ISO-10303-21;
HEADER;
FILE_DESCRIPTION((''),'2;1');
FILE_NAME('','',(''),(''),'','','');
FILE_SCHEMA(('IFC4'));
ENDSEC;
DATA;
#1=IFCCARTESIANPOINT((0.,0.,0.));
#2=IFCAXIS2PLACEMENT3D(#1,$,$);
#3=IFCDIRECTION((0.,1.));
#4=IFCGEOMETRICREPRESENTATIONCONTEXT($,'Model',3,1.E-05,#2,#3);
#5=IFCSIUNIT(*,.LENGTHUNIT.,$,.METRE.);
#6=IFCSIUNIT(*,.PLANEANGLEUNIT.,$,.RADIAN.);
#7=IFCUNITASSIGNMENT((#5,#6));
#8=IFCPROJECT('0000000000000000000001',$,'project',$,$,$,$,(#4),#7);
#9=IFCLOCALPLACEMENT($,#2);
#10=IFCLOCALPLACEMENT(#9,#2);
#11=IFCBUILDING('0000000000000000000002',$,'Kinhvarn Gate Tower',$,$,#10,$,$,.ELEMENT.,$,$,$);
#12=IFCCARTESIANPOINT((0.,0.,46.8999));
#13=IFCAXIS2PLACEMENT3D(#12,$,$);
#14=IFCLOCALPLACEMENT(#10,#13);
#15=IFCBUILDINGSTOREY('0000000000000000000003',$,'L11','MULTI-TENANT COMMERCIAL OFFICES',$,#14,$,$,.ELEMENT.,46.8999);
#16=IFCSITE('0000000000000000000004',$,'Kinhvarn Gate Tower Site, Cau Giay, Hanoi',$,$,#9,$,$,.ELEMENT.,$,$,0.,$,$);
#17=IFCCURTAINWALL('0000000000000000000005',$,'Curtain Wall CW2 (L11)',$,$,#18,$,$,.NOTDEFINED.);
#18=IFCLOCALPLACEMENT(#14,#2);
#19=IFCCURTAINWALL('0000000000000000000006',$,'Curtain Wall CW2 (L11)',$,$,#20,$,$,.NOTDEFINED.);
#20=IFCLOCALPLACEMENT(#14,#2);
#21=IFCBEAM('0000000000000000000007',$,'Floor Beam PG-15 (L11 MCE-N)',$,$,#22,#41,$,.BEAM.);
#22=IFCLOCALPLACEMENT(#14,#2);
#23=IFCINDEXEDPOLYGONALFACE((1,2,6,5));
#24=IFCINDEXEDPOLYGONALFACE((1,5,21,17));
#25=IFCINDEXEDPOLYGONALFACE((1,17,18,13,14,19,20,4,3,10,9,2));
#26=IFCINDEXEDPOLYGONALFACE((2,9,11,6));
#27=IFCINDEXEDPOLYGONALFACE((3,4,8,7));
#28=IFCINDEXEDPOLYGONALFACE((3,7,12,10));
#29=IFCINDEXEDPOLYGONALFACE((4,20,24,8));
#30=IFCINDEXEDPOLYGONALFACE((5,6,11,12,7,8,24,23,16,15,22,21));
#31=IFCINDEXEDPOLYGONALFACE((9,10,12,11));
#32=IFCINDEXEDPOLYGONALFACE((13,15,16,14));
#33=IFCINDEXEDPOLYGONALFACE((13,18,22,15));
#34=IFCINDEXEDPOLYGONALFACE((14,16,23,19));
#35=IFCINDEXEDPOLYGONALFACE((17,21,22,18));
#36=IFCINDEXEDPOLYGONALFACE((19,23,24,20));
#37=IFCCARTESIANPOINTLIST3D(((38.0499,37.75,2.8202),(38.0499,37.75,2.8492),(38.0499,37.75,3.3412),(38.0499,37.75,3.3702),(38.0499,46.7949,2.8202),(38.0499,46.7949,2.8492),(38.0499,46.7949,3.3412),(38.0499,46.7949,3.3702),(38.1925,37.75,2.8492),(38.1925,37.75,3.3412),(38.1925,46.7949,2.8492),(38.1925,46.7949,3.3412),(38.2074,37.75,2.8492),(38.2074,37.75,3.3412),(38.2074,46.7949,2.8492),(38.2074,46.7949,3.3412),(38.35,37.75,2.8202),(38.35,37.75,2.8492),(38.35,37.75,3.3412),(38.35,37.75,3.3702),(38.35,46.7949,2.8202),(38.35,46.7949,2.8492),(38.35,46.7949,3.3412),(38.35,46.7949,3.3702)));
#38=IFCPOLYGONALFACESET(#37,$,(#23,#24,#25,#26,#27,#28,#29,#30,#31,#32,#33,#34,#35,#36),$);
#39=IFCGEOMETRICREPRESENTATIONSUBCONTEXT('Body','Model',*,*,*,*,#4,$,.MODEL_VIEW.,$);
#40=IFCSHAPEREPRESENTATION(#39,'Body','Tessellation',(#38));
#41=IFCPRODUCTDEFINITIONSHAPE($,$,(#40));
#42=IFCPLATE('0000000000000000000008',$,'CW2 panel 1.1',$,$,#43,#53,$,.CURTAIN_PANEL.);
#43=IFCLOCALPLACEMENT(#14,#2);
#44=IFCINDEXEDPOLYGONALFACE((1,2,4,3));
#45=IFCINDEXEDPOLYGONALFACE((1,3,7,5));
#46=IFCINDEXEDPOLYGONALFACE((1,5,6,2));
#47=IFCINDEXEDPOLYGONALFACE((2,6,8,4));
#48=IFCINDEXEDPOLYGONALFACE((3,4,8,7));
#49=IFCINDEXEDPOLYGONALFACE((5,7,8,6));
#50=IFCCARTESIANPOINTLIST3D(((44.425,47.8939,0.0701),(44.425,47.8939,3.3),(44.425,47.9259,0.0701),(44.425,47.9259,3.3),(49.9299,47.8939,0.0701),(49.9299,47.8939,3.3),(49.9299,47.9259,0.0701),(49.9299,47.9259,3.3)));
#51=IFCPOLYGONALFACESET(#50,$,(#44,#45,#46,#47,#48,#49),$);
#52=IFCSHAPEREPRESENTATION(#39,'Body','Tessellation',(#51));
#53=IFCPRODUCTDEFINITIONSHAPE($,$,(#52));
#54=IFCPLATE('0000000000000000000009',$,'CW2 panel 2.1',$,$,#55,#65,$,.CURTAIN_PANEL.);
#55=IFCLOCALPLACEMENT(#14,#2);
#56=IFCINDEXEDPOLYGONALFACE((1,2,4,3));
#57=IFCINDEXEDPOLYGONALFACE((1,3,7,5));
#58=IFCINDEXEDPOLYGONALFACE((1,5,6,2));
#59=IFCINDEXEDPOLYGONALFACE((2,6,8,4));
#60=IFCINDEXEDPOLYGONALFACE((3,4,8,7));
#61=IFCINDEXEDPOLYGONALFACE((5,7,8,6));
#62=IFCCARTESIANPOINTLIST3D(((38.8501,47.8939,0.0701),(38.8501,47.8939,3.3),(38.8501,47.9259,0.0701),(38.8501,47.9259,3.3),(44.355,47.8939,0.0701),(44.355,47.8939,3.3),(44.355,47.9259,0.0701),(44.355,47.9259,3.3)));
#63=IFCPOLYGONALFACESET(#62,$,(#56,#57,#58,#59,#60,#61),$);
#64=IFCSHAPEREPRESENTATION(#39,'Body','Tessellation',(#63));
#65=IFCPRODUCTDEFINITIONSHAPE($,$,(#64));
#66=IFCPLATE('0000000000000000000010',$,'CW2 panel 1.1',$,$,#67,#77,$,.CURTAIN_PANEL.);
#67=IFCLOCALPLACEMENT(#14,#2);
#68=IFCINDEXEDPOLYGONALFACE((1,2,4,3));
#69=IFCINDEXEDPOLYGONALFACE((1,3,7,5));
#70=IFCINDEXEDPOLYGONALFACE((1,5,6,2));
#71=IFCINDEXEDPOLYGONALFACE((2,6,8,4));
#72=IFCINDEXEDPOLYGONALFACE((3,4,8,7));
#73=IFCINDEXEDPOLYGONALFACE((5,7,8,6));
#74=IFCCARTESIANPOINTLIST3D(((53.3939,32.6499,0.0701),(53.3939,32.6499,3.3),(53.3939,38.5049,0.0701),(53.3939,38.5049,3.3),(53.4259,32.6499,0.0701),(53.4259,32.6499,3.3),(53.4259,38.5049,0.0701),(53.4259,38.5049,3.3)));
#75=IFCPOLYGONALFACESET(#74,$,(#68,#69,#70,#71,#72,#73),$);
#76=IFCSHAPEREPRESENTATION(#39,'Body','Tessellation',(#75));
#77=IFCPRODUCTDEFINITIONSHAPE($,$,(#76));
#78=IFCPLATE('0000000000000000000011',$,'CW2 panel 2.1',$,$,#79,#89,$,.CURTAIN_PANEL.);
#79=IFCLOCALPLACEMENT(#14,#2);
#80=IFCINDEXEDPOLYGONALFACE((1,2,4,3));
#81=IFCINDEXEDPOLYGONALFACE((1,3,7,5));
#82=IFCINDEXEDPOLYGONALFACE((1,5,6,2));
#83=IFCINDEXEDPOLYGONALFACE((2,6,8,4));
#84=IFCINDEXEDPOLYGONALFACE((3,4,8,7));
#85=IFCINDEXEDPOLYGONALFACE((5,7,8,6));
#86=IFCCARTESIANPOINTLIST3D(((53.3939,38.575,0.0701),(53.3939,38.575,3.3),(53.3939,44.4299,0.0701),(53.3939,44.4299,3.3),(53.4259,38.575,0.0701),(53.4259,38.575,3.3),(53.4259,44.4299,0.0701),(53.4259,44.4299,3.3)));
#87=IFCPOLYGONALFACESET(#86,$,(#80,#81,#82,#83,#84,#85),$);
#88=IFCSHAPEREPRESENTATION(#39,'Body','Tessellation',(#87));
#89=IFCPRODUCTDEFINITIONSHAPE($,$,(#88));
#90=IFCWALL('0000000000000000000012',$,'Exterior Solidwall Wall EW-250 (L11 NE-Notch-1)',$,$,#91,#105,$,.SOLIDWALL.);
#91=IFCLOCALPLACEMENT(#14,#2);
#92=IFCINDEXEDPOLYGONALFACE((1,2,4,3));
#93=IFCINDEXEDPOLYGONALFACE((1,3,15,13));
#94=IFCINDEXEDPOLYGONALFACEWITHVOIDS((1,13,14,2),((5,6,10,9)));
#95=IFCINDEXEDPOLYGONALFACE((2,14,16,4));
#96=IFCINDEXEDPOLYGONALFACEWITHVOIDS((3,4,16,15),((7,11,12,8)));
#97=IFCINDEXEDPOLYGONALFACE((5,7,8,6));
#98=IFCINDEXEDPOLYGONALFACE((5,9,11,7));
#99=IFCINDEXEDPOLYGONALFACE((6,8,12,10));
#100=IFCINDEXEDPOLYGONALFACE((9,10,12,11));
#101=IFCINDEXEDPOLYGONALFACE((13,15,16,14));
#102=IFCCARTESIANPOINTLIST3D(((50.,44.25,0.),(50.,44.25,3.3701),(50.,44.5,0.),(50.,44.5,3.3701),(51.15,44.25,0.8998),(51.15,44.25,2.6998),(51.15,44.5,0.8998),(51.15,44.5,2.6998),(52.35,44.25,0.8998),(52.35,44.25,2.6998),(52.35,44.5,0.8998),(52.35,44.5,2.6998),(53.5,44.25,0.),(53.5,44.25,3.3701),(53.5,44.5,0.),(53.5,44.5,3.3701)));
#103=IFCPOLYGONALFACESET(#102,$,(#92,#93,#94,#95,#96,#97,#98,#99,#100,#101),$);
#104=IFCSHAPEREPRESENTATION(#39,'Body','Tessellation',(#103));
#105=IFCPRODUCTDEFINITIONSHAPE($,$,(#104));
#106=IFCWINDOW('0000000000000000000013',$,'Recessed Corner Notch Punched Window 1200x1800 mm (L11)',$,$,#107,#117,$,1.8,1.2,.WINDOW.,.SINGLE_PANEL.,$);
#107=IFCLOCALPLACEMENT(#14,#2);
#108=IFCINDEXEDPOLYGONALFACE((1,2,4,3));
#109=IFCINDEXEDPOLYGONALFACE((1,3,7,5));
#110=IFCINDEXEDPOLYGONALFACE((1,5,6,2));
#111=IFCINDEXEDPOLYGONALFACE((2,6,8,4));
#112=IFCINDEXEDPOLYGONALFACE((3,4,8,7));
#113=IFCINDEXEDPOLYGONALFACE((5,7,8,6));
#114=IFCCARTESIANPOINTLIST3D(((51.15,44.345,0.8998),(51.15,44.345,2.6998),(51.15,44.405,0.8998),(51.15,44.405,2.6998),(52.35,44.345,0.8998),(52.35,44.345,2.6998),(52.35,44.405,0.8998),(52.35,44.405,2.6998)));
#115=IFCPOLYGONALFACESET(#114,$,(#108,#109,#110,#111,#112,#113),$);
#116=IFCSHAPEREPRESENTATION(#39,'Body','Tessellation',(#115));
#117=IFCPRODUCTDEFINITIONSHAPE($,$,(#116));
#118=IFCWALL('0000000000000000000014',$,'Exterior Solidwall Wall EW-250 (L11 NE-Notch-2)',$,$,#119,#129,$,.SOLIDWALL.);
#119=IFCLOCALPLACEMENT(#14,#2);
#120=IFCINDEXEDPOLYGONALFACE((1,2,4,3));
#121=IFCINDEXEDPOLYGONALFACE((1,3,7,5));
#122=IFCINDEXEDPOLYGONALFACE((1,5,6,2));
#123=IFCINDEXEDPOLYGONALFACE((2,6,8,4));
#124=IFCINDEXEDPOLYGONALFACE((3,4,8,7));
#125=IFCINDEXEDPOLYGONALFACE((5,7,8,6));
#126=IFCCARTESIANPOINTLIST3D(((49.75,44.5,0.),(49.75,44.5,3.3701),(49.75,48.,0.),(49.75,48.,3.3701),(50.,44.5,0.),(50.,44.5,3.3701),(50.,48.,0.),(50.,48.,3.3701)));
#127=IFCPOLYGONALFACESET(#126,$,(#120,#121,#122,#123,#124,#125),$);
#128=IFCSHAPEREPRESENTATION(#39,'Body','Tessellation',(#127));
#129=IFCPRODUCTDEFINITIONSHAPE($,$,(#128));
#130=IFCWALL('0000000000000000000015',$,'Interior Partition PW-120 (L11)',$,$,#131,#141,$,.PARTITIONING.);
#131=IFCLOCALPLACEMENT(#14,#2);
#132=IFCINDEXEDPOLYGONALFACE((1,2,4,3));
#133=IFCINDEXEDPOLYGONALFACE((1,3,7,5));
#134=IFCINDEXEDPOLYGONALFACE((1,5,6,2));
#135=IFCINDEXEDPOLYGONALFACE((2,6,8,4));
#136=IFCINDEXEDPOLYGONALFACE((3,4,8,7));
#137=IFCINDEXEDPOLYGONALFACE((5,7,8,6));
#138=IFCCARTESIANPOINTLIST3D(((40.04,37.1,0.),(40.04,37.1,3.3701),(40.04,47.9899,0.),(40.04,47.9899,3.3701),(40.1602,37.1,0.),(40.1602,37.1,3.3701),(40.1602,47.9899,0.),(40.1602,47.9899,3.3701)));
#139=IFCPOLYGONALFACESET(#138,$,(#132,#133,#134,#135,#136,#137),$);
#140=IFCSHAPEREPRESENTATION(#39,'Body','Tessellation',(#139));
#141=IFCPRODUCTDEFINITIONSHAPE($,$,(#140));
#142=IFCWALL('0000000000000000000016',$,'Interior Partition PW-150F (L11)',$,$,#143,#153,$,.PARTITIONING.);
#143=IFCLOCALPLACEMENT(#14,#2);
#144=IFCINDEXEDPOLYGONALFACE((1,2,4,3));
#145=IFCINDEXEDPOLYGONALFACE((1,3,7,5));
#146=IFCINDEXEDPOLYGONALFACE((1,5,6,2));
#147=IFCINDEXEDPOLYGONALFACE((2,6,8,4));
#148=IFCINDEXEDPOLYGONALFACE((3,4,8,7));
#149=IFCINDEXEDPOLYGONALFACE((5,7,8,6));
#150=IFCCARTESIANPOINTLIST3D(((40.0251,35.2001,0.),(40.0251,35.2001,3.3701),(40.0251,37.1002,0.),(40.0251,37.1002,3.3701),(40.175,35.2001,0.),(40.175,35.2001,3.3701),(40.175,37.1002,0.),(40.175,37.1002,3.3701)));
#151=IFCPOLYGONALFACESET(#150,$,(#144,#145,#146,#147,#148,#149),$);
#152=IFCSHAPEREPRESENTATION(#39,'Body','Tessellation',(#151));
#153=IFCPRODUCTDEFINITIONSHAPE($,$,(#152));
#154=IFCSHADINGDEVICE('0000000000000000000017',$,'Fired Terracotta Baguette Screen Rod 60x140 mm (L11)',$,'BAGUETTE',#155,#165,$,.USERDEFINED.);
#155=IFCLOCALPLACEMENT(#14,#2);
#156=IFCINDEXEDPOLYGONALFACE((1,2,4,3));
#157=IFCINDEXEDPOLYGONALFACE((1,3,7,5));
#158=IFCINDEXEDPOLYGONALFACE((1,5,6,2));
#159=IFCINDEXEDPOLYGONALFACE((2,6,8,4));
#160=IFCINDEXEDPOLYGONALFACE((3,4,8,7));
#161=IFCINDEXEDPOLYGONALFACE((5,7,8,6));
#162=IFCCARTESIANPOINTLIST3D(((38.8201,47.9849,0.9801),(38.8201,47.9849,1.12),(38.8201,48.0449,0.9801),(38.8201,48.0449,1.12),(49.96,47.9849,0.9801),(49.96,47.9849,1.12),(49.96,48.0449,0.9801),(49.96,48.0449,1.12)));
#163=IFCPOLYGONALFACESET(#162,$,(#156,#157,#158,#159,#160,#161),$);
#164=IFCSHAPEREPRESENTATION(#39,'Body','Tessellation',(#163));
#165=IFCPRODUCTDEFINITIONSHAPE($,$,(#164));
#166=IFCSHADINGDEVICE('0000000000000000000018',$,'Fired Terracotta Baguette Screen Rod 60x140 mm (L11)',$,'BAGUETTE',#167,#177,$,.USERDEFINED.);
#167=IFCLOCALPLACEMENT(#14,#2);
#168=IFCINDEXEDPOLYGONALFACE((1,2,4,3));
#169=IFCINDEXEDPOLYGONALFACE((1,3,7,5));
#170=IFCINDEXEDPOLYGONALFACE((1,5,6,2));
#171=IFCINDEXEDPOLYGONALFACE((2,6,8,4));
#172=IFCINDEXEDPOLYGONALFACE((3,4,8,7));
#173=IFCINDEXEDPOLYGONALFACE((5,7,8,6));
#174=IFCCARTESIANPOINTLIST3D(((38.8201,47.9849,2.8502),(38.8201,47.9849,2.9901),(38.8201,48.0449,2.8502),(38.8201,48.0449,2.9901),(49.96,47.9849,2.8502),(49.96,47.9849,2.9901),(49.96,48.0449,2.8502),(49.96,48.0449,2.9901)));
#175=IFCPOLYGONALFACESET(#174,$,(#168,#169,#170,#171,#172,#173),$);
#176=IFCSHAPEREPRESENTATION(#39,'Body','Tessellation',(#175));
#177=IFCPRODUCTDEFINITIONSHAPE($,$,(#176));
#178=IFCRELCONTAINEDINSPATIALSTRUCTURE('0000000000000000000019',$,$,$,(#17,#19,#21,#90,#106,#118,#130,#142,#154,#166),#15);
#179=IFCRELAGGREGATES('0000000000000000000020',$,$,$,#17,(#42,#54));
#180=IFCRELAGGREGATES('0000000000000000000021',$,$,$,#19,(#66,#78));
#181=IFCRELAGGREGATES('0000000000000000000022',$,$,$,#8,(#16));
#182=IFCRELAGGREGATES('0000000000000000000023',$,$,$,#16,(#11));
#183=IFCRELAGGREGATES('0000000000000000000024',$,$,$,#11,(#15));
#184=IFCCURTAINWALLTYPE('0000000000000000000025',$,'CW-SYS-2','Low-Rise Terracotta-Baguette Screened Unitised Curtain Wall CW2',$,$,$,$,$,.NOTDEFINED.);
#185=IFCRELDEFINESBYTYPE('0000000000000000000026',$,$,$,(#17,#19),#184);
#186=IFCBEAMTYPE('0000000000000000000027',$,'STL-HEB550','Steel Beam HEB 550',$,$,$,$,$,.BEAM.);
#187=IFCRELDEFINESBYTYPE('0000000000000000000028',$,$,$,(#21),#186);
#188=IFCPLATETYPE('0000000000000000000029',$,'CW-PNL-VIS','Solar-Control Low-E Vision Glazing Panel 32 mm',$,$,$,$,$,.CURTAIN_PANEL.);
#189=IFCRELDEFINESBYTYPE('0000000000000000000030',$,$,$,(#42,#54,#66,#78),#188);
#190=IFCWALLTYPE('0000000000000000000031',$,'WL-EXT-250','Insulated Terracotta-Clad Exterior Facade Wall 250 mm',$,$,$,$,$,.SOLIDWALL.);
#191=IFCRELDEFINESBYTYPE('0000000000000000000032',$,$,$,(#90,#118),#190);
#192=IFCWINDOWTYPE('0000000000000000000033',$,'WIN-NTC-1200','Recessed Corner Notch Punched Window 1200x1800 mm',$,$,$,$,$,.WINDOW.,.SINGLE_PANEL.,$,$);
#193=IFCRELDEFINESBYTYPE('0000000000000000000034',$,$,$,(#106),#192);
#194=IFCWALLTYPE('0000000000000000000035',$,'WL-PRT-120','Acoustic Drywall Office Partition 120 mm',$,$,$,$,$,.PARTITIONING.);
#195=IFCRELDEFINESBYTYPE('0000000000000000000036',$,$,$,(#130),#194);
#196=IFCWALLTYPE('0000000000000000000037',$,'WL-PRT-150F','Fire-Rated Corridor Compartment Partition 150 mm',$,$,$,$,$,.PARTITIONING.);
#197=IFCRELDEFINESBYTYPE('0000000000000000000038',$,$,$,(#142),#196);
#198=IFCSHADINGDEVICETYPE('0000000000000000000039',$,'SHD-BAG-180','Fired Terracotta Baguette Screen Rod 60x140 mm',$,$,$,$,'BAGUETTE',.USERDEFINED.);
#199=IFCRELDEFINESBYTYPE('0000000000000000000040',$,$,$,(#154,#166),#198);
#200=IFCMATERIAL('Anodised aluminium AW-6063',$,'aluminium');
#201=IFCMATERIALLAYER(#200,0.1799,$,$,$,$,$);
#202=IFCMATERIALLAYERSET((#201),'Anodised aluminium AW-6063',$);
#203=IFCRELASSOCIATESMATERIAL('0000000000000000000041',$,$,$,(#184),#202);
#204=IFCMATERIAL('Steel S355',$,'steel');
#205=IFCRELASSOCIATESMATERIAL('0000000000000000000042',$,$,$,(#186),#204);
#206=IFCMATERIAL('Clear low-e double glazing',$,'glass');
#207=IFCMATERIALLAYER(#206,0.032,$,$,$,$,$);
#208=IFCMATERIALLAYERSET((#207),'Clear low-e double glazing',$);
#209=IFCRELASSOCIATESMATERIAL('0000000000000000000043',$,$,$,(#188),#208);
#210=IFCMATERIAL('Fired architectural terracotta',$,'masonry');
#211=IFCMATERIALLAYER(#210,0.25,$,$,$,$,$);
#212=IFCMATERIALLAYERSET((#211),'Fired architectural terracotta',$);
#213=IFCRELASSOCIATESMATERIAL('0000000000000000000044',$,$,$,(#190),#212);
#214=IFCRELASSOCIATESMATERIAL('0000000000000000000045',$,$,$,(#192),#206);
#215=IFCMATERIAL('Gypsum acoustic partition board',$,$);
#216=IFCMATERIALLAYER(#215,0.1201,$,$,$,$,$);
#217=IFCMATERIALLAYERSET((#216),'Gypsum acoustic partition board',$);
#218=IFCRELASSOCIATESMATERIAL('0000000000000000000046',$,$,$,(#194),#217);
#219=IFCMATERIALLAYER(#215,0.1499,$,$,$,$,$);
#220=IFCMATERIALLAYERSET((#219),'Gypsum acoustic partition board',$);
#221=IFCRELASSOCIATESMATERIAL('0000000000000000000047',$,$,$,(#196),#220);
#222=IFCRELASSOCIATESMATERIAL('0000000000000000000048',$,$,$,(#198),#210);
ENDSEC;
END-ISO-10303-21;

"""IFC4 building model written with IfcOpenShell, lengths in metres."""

from ifc_helpers import new_model, si_unit, direction, frame, frame_2d, origin, origin_2d, place, context, subcontext, project, spatial, rectangle, i_section, extrude, material, layer, layer_set, material_profile, profile_set, type_object, element, fill, aggregate, save


model = new_model("IFC4")

# Units and contexts
model_context = context("Model", 3, precision=1e-05, world=origin(), true_north=direction((0.0, 1.0)))
body_context = subcontext(model_context, "Body", "Model", "MODEL_VIEW")
ifc_project = project(units=[si_unit("LENGTHUNIT", "METRE"), si_unit("PLANEANGLEUNIT", "RADIAN")], contexts=[model_context])

# Site, building, storey
site_placement = place(None, origin())
site = spatial("IfcSite", under=ifc_project, at=site_placement, Name="Kinhvarn Gate Tower Site, Cau Giay, Hanoi", CompositionType="ELEMENT", RefElevation=0.0)
building_placement = place(site_placement, origin())
building = spatial("IfcBuilding", under=site, at=building_placement, Name="Kinhvarn Gate Tower", CompositionType="ELEMENT")
storey_placement = place(building_placement, frame((0.0, 0.0, 46.8999)))
storey = spatial("IfcBuildingStorey", under=building, at=storey_placement, Name="L11", Description="MULTI-TENANT COMMERCIAL OFFICES", CompositionType="ELEMENT", Elevation=46.8999)

# Curtain walls
ifc_material_1 = material(Name="Anodised aluminium AW-6063", Category="aluminium")
ifc_layer_1 = layer(ifc_material_1, 0.1799)
ifc_layer_set_1 = layer_set([ifc_layer_1], Name="Anodised aluminium AW-6063")
curtain_wall_type = type_object("IfcCurtainWallType", Name="CW-SYS-2", Description="Low-Rise Terracotta-Baguette Screened Unitised Curtain Wall CW2", PredefinedType="NOTDEFINED", material=ifc_layer_set_1)
curtain_wall_1_placement = place(storey_placement, origin())
curtain_wall_1 = element("IfcCurtainWall", 1, at=curtain_wall_1_placement, inside=storey, type_object=curtain_wall_type, Name="Curtain Wall CW2 (L11)", PredefinedType="NOTDEFINED")
curtain_wall_2_placement = place(storey_placement, origin())
curtain_wall_2 = element("IfcCurtainWall", 2, at=curtain_wall_2_placement, inside=storey, type_object=curtain_wall_type, Name="Curtain Wall CW2 (L11)", PredefinedType="NOTDEFINED")

# Beam
ifc_material_2 = material(Name="Steel S355", Category="steel")
ifc_material_profile_1 = material_profile(ifc_material_2, i_section(OverallWidth=0.3, OverallDepth=0.55, WebThickness=0.0149, FlangeThickness=0.0291, at=origin_2d()), Name="HEB 550")
ifc_profile_set_1 = profile_set([ifc_material_profile_1], Name="Steel S355")
beam_type = type_object("IfcBeamType", Name="STL-HEB550", Description="Steel Beam HEB 550", PredefinedType="BEAM", material=ifc_profile_set_1)
beam_placement = place(storey_placement, frame((38.2, 37.75, 3.0952), z_axis=(0.0, 1.0, 0.0), x_axis=(-1.0, 0.0, 0.0)))
element("IfcBeam", 3, at=beam_placement, inside=storey, type_object=beam_type, Name="Floor Beam PG-15 (L11 MCE-N)", PredefinedType="BEAM", context=body_context, shape_type="SweptSolid", body=[
    extrude(i_section(OverallWidth=0.3, OverallDepth=0.55, WebThickness=0.0149, FlangeThickness=0.0291, at=origin_2d()), origin(), (0.0, 0.0, 1.0), 9.0449),
])

# Plates
ifc_material_3 = material(Name="Clear low-e double glazing", Category="glass")
ifc_layer_2 = layer(ifc_material_3, 0.032)
ifc_layer_set_2 = layer_set([ifc_layer_2], Name="Clear low-e double glazing")
plate_type = type_object("IfcPlateType", Name="CW-PNL-VIS", Description="Solar-Control Low-E Vision Glazing Panel 32 mm", PredefinedType="CURTAIN_PANEL", material=ifc_layer_set_2)
plate_1_placement = place(storey_placement, frame((47.1775, 47.9099, 0.0701), z_axis=(0.0, 0.0, 1.0), x_axis=(-1.0, 0.0, 0.0)))
plate_1 = element("IfcPlate", 4, at=plate_1_placement, type_object=plate_type, Name="CW2 panel 1.1", PredefinedType="CURTAIN_PANEL", context=body_context, shape_type="SweptSolid", body=[
    extrude(rectangle(XDim=5.5049, YDim=0.032, at=origin_2d()), origin(), (0.0, 0.0, 1.0), 3.23),
])
plate_2_placement = place(storey_placement, frame((41.6025, 47.9099, 0.0701), z_axis=(0.0, 0.0, 1.0), x_axis=(-1.0, 0.0, 0.0)))
plate_2 = element("IfcPlate", 5, at=plate_2_placement, type_object=plate_type, Name="CW2 panel 2.1", PredefinedType="CURTAIN_PANEL", context=body_context, shape_type="SweptSolid", body=[
    extrude(rectangle(XDim=5.5049, YDim=0.032, at=origin_2d()), origin(), (0.0, 0.0, 1.0), 3.23),
])
aggregate(curtain_wall_1, [plate_1, plate_2])
plate_3_placement = place(storey_placement, frame((53.4099, 35.5774, 0.0701), z_axis=(0.0, 0.0, 1.0), x_axis=(0.0, 1.0, 0.0)))
plate_3 = element("IfcPlate", 6, at=plate_3_placement, type_object=plate_type, Name="CW2 panel 1.1", PredefinedType="CURTAIN_PANEL", context=body_context, shape_type="SweptSolid", body=[
    extrude(rectangle(XDim=5.855, YDim=0.032, at=origin_2d()), origin(), (0.0, 0.0, 1.0), 3.23),
])
plate_4_placement = place(storey_placement, frame((53.4099, 41.5024, 0.0701), z_axis=(0.0, 0.0, 1.0), x_axis=(0.0, 1.0, 0.0)))
plate_4 = element("IfcPlate", 7, at=plate_4_placement, type_object=plate_type, Name="CW2 panel 2.1", PredefinedType="CURTAIN_PANEL", context=body_context, shape_type="SweptSolid", body=[
    extrude(rectangle(XDim=5.855, YDim=0.032, at=origin_2d()), origin(), (0.0, 0.0, 1.0), 3.23),
])
aggregate(curtain_wall_2, [plate_3, plate_4])

# Wall, opening, window
ifc_material_4 = material(Name="Fired architectural terracotta", Category="masonry")
ifc_layer_3 = layer(ifc_material_4, 0.25)
ifc_layer_set_3 = layer_set([ifc_layer_3], Name="Fired architectural terracotta")
wall_type_1 = type_object("IfcWallType", Name="WL-EXT-250", Description="Insulated Terracotta-Clad Exterior Facade Wall 250 mm", PredefinedType="SOLIDWALL", material=ifc_layer_set_3)
wall_1_placement = place(storey_placement, frame((53.5, 44.375, 0.0), z_axis=(0.0, 0.0, 1.0), x_axis=(-1.0, 0.0, 0.0)))
wall_1 = element("IfcWall", 8, at=wall_1_placement, inside=storey, type_object=wall_type_1, Name="Exterior Solidwall Wall EW-250 (L11 NE-Notch-1)", PredefinedType="SOLIDWALL", context=body_context, shape_type="SweptSolid", body=[
    extrude(rectangle(XDim=3.5, YDim=0.25, at=frame_2d((1.75, 0.0))), origin(), (0.0, 0.0, 1.0), 3.3701),
])
opening_placement = place(wall_1_placement, frame((1.1499, 0.0, 0.8999)))
opening = element("IfcOpeningElement", 9, at=opening_placement, cuts=wall_1, PredefinedType="OPENING", context=body_context, shape_type="SweptSolid", body=[
    extrude(rectangle(XDim=1.2, YDim=1.8, at=frame_2d((0.6001, 0.8999))), frame((0.0, 0.135, 0.0), z_axis=(0.0, -1.0, 0.0), x_axis=(1.0, 0.0, 0.0)), (0.0, 0.0, 1.0), 0.27),
])
window_type = type_object("IfcWindowType", Name="WIN-NTC-1200", Description="Recessed Corner Notch Punched Window 1200x1800 mm", PartitioningType="SINGLE_PANEL", PredefinedType="WINDOW", material=ifc_material_3)
window_placement = place(opening_placement, origin())
window = element("IfcWindow", 10, at=window_placement, inside=storey, type_object=window_type, Name="Recessed Corner Notch Punched Window 1200x1800 mm (L11)", OverallHeight=1.8, OverallWidth=1.2, PartitioningType="SINGLE_PANEL", PredefinedType="WINDOW", context=body_context, shape_type="SweptSolid", body=[
    extrude(rectangle(XDim=1.2, YDim=1.8, at=frame_2d((0.6001, 0.8999))), frame((0.0, 0.03, 0.0), z_axis=(0.0, -1.0, 0.0), x_axis=(1.0, 0.0, 0.0)), (0.0, 0.0, 1.0), 0.0601),
])
fill(opening, window)

# Walls
wall_2_placement = place(storey_placement, frame((49.875, 44.5, 0.0), z_axis=(0.0, 0.0, 1.0), x_axis=(0.0, 1.0, 0.0)))
element("IfcWall", 11, at=wall_2_placement, inside=storey, type_object=wall_type_1, Name="Exterior Solidwall Wall EW-250 (L11 NE-Notch-2)", PredefinedType="SOLIDWALL", context=body_context, shape_type="SweptSolid", body=[
    extrude(rectangle(XDim=3.5, YDim=0.25, at=frame_2d((1.75, 0.0))), origin(), (0.0, 0.0, 1.0), 3.3701),
])
ifc_material_5 = material(Name="Gypsum acoustic partition board")
ifc_layer_4 = layer(ifc_material_5, 0.1201)
ifc_layer_set_4 = layer_set([ifc_layer_4], Name="Gypsum acoustic partition board")
wall_type_2 = type_object("IfcWallType", Name="WL-PRT-120", Description="Acoustic Drywall Office Partition 120 mm", PredefinedType="PARTITIONING", material=ifc_layer_set_4)
wall_3_placement = place(storey_placement, frame((40.1001, 37.1001, 0.0), z_axis=(0.0, 0.0, 1.0), x_axis=(0.0, 1.0, 0.0)))
element("IfcWall", 12, at=wall_3_placement, inside=storey, type_object=wall_type_2, Name="Interior Partition PW-120 (L11)", PredefinedType="PARTITIONING", context=body_context, shape_type="SweptSolid", body=[
    extrude(rectangle(XDim=10.8899, YDim=0.1201, at=frame_2d((5.4448, 0.0))), origin(), (0.0, 0.0, 1.0), 3.3701),
])
ifc_layer_5 = layer(ifc_material_5, 0.1499)
ifc_layer_set_5 = layer_set([ifc_layer_5], Name="Gypsum acoustic partition board")
wall_type_3 = type_object("IfcWallType", Name="WL-PRT-150F", Description="Fire-Rated Corridor Compartment Partition 150 mm", PredefinedType="PARTITIONING", material=ifc_layer_set_5)
wall_4_placement = place(storey_placement, frame((40.1001, 35.2, 0.0), z_axis=(0.0, 0.0, 1.0), x_axis=(0.0, 1.0, 0.0)))
element("IfcWall", 13, at=wall_4_placement, inside=storey, type_object=wall_type_3, Name="Interior Partition PW-150F (L11)", PredefinedType="PARTITIONING", context=body_context, shape_type="SweptSolid", body=[
    extrude(rectangle(XDim=1.9001, YDim=0.1499, at=frame_2d((0.9502, 0.0))), origin(), (0.0, 0.0, 1.0), 3.3701),
])

# Shading devices
ifc_material_profile_2 = material_profile(ifc_material_4, rectangle(XDim=0.0601, YDim=0.1399, at=origin_2d()), Name="TC 60x140")
ifc_profile_set_2 = profile_set([ifc_material_profile_2], Name="Fired architectural terracotta")
shading_device_type = type_object("IfcShadingDeviceType", Name="SHD-BAG-180", Description="Fired Terracotta Baguette Screen Rod 60x140 mm", ElementType="BAGUETTE", PredefinedType="USERDEFINED", material=ifc_profile_set_2)
for number, where, z_axis, x_axis, name in (
    (14, (49.96, 48.0149, 1.05), (-1.0, 0.0, 0.0), (0.0, -1.0, 0.0), "Fired Terracotta Baguette Screen Rod 60x140 mm (L11)"),
    (15, (49.96, 48.0149, 2.9202), (-1.0, 0.0, 0.0), (0.0, -1.0, 0.0), "Fired Terracotta Baguette Screen Rod 60x140 mm (L11)"),
):
    element("IfcShadingDevice", number, at=place(storey_placement, frame(where, z_axis=z_axis, x_axis=x_axis)), inside=storey, type_object=shading_device_type, Name=name, ObjectType="BAGUETTE", PredefinedType="USERDEFINED", context=body_context, shape_type="SweptSolid", body=[
        extrude(rectangle(XDim=0.0601, YDim=0.1399, at=origin_2d()), origin(), (0.0, 0.0, 1.0), 11.1399),
    ])

save(model, "model.ifc")
